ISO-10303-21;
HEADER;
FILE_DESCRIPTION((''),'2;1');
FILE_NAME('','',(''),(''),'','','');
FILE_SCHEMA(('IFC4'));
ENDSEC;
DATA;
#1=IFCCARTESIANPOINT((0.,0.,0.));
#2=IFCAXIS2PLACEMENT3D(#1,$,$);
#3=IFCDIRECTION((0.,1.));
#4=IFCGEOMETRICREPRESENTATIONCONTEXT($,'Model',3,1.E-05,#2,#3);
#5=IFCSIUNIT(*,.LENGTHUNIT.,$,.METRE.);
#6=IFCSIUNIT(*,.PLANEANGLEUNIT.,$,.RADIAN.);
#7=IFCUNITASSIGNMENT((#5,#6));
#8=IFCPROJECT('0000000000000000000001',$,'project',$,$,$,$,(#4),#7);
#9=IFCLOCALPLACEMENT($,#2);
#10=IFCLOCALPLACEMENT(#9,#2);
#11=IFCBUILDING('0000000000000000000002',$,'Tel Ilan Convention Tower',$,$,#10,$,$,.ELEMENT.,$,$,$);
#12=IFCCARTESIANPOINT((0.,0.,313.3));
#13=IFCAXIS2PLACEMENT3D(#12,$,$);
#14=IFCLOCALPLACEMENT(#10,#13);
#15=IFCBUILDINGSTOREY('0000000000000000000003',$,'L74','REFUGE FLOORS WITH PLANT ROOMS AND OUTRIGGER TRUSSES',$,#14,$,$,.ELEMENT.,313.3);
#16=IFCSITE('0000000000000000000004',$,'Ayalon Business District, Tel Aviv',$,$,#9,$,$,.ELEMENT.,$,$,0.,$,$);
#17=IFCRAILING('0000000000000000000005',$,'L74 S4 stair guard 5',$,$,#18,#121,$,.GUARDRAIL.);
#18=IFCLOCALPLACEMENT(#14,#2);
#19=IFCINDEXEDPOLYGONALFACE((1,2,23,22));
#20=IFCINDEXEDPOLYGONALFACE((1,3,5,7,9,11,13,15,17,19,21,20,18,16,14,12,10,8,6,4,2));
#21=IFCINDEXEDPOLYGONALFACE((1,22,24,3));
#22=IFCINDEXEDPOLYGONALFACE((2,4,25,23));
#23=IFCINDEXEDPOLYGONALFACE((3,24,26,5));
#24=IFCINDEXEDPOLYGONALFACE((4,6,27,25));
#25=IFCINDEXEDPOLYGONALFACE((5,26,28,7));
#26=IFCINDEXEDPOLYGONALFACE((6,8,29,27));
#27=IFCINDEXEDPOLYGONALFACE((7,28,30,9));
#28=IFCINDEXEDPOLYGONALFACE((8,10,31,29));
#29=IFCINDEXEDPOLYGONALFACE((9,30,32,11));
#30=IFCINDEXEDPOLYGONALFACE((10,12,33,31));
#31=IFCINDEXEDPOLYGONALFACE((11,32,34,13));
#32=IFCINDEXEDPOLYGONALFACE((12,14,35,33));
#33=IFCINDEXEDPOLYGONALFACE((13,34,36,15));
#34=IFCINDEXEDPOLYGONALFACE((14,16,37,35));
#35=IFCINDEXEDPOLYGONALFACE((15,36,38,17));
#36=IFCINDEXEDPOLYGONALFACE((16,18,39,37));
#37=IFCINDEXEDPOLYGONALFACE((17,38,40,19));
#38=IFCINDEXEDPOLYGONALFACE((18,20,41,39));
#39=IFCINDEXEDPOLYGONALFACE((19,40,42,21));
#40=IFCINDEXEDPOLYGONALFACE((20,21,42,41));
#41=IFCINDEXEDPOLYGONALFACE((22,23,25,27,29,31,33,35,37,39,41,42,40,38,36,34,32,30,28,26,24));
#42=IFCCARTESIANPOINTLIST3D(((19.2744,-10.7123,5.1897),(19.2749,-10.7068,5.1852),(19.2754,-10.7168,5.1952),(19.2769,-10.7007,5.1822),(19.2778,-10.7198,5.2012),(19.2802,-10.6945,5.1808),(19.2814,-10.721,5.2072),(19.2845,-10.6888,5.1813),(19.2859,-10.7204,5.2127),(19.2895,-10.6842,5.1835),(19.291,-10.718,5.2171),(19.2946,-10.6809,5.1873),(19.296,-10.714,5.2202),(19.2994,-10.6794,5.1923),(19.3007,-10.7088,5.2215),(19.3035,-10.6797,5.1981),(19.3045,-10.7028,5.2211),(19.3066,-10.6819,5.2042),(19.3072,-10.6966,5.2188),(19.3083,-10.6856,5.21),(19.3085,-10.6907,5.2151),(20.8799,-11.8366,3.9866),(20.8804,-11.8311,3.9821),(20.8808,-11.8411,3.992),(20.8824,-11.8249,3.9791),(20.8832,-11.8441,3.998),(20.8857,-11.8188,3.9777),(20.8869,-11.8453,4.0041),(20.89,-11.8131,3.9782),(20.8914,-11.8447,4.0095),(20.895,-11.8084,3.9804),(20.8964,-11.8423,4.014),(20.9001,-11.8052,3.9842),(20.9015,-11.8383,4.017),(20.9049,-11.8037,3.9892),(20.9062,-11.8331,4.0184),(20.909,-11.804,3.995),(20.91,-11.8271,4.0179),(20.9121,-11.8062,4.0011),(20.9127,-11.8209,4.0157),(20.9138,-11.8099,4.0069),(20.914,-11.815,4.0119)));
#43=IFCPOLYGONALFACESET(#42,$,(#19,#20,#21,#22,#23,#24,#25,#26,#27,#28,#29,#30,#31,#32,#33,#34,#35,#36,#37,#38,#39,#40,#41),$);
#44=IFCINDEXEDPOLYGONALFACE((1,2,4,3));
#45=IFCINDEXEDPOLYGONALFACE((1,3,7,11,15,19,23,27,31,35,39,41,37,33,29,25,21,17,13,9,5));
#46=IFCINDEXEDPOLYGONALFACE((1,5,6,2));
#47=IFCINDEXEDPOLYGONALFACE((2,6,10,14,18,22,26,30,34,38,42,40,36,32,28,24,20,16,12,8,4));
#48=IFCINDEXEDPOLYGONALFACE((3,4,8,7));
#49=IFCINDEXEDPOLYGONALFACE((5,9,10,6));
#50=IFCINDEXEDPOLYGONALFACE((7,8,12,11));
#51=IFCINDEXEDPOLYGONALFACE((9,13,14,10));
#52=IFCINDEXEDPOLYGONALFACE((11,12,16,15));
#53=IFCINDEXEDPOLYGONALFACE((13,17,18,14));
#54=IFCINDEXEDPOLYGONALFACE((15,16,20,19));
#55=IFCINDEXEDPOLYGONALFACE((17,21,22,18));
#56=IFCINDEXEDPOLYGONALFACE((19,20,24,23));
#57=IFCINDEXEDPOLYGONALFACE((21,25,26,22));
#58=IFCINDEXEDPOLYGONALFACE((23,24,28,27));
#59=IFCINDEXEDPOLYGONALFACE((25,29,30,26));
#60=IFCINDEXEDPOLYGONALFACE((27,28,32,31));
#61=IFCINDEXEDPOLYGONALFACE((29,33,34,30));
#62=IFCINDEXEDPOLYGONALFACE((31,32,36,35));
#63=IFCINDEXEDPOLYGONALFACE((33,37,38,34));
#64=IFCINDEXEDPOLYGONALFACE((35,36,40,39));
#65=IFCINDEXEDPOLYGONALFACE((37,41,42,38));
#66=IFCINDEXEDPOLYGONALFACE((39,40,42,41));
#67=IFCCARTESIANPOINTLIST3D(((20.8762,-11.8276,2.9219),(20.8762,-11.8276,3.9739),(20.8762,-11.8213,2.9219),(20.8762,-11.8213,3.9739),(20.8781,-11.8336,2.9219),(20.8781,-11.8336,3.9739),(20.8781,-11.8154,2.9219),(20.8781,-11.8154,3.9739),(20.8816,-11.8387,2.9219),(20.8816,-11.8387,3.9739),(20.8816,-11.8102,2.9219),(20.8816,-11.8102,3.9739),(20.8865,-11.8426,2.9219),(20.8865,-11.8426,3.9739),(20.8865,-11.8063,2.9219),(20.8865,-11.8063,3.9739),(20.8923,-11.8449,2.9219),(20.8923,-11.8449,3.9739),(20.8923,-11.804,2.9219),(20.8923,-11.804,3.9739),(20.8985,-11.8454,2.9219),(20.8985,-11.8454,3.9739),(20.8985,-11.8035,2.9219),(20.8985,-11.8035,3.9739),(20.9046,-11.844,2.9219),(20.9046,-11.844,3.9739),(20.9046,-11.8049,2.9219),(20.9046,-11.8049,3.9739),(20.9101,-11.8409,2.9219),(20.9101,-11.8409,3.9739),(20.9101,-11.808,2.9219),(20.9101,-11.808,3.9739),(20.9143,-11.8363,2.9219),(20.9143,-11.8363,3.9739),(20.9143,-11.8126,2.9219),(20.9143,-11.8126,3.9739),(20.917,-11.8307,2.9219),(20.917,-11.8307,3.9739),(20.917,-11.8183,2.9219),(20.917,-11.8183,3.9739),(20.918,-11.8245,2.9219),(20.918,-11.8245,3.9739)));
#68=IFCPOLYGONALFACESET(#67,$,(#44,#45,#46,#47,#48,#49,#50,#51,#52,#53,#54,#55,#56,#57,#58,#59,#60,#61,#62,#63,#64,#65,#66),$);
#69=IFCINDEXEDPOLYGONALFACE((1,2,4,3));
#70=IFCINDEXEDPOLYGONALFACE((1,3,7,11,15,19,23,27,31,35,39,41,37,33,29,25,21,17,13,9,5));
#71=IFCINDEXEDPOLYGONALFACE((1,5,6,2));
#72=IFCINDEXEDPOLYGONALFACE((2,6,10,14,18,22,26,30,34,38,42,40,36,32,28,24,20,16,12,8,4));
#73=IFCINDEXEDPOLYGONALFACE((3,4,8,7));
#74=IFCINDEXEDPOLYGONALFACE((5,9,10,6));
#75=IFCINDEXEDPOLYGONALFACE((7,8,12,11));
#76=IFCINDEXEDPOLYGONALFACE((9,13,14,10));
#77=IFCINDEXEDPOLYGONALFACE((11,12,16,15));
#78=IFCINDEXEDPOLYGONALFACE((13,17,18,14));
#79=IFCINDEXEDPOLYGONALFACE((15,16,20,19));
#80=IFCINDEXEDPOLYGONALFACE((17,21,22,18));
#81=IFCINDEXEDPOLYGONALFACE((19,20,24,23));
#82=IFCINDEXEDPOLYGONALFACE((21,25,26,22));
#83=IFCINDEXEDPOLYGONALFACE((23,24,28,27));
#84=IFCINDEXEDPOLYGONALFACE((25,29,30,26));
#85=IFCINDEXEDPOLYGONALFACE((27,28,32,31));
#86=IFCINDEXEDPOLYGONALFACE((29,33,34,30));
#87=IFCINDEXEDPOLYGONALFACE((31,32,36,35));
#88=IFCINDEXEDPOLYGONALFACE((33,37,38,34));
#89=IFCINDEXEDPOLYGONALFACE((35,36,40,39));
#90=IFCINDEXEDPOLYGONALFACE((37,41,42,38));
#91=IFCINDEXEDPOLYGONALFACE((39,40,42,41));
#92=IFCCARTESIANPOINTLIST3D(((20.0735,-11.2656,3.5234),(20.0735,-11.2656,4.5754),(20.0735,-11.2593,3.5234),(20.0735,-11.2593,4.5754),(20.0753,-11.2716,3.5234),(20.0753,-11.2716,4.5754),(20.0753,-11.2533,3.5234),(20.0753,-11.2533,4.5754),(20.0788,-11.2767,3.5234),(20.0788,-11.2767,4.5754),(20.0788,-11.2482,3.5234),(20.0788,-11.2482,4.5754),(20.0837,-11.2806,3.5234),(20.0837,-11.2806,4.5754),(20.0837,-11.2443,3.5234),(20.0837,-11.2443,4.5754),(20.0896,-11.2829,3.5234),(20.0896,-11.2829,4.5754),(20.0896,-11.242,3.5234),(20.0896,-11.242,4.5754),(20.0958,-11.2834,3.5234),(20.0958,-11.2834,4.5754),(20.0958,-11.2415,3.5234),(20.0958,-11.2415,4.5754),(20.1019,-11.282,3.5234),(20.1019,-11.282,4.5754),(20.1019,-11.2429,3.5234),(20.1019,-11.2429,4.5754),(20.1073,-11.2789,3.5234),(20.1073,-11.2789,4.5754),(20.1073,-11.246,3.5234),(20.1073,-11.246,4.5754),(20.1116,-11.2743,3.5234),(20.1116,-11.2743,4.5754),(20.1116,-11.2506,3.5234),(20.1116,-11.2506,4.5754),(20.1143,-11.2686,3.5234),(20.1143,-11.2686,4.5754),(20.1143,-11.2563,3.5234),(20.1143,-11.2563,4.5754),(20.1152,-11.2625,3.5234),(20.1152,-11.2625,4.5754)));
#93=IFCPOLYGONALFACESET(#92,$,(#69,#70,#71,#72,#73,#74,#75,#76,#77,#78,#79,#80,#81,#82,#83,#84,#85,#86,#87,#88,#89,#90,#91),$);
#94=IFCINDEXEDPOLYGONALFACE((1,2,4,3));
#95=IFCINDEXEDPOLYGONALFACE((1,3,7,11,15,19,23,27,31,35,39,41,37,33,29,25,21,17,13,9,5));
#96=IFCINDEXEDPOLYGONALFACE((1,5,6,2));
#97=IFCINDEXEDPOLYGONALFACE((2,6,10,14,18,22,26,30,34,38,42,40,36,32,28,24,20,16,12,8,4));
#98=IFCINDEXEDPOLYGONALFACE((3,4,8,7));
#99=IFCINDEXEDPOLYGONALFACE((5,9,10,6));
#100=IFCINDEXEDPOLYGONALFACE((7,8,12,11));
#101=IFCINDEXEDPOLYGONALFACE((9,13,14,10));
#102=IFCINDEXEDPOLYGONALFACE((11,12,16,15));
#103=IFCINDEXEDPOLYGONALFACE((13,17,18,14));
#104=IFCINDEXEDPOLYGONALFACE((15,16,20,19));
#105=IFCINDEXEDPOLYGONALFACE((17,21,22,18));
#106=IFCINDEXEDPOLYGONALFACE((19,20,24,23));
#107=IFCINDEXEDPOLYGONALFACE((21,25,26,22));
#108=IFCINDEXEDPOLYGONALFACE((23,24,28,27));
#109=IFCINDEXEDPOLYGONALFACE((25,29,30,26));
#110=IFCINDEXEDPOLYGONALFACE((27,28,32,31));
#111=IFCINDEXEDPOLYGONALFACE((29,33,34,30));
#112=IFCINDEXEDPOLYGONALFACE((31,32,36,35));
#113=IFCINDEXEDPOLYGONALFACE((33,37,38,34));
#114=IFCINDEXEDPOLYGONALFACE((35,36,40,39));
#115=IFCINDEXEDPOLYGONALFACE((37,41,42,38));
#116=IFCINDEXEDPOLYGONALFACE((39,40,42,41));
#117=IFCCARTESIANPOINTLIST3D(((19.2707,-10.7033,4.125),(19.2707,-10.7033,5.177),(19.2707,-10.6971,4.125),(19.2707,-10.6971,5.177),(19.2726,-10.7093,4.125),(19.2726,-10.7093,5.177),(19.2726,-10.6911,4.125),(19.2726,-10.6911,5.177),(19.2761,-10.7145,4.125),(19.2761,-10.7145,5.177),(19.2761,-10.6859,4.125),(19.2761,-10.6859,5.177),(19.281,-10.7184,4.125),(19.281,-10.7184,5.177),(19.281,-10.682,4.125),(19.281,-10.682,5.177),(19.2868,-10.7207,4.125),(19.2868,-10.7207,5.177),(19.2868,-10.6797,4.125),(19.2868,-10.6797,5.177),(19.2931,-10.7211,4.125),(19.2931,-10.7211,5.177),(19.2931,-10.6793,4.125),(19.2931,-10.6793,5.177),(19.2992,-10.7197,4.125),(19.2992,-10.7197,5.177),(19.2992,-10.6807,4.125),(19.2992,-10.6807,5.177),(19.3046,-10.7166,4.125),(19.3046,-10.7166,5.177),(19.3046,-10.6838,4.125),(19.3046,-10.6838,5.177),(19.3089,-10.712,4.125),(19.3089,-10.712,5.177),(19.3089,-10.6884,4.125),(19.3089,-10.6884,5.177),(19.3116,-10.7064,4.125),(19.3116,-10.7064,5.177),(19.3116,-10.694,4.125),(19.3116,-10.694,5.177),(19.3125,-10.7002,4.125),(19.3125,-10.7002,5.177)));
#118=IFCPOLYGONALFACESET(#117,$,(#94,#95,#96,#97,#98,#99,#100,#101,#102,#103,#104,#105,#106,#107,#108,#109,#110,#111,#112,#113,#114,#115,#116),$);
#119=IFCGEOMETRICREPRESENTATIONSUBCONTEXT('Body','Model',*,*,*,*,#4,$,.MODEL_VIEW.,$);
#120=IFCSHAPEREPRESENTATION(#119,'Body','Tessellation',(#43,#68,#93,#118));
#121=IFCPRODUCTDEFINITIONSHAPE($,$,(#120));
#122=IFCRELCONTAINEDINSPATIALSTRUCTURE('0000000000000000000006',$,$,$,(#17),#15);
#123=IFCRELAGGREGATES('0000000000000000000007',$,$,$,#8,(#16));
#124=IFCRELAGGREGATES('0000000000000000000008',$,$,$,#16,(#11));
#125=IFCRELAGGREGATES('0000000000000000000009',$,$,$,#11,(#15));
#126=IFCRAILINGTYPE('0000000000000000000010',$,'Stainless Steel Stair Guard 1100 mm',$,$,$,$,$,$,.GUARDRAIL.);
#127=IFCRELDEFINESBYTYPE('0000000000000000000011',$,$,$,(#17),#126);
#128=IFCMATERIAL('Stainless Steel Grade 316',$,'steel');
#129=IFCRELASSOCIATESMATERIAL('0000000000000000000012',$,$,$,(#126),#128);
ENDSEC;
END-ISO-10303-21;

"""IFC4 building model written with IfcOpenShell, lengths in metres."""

from ifc_helpers import new_model, si_unit, direction, frame, origin, origin_2d, place, context, subcontext, project, spatial, circle, extrude, material, type_object, element, save


model = new_model("IFC4")

# Units and contexts
model_context = context("Model", 3, precision=1e-05, world=origin(), true_north=direction((0.0, 1.0)))
body_context = subcontext(model_context, "Body", "Model", "MODEL_VIEW")
ifc_project = project(units=[si_unit("LENGTHUNIT", "METRE"), si_unit("PLANEANGLEUNIT", "RADIAN")], contexts=[model_context])

# Site, building, storey
site_placement = place(None, origin())
site = spatial("IfcSite", under=ifc_project, at=site_placement, Name="Ayalon Business District, Tel Aviv", CompositionType="ELEMENT", RefElevation=0.0)
building_placement = place(site_placement, origin())
building = spatial("IfcBuilding", under=site, at=building_placement, Name="Tel Ilan Convention Tower", CompositionType="ELEMENT")
storey_placement = place(building_placement, frame((0.0, 0.0, 313.3)))
storey = spatial("IfcBuildingStorey", under=building, at=storey_placement, Name="L74", Description="REFUGE FLOORS WITH PLANT ROOMS AND OUTRIGGER TRUSSES", CompositionType="ELEMENT", Elevation=313.3)

# Railing
ifc_material_1 = material(Name="Stainless Steel Grade 316", Category="steel")
railing_type_1 = type_object("IfcRailingType", Name="Stainless Steel Stair Guard 1100 mm", PredefinedType="GUARDRAIL", material=ifc_material_1)
railing_1_placement = place(storey_placement, frame((20.897, -11.8245, 2.9219)))
element("IfcRailing", 1, at=railing_1_placement, inside=storey, type_object=railing_type_1, Name="L74 S4 stair guard 5", PredefinedType="GUARDRAIL", context=body_context, shape_type="SweptSolid", body=[
    extrude(circle(Radius=0.0239, at=origin_2d()), frame((0.0, 0.0, 1.0762), z_axis=(-0.698095, 0.488857, 0.523146), x_axis=(-0.573613, -0.819127, 0.0)), (0.0, 0.0, 1.0), 2.2998),
    extrude(circle(Radius=0.021, at=origin_2d()), origin(), (0.0, 0.0, 1.0), 1.052),
    extrude(circle(Radius=0.021, at=origin_2d()), frame((-0.8027, 0.562, 0.6016)), (0.0, 0.0, 1.0), 1.052),
    extrude(circle(Radius=0.021, at=origin_2d()), frame((-1.6055, 1.1243, 1.2031)), (0.0, 0.0, 1.0), 1.052),
])

save(model, "model.ifc")
